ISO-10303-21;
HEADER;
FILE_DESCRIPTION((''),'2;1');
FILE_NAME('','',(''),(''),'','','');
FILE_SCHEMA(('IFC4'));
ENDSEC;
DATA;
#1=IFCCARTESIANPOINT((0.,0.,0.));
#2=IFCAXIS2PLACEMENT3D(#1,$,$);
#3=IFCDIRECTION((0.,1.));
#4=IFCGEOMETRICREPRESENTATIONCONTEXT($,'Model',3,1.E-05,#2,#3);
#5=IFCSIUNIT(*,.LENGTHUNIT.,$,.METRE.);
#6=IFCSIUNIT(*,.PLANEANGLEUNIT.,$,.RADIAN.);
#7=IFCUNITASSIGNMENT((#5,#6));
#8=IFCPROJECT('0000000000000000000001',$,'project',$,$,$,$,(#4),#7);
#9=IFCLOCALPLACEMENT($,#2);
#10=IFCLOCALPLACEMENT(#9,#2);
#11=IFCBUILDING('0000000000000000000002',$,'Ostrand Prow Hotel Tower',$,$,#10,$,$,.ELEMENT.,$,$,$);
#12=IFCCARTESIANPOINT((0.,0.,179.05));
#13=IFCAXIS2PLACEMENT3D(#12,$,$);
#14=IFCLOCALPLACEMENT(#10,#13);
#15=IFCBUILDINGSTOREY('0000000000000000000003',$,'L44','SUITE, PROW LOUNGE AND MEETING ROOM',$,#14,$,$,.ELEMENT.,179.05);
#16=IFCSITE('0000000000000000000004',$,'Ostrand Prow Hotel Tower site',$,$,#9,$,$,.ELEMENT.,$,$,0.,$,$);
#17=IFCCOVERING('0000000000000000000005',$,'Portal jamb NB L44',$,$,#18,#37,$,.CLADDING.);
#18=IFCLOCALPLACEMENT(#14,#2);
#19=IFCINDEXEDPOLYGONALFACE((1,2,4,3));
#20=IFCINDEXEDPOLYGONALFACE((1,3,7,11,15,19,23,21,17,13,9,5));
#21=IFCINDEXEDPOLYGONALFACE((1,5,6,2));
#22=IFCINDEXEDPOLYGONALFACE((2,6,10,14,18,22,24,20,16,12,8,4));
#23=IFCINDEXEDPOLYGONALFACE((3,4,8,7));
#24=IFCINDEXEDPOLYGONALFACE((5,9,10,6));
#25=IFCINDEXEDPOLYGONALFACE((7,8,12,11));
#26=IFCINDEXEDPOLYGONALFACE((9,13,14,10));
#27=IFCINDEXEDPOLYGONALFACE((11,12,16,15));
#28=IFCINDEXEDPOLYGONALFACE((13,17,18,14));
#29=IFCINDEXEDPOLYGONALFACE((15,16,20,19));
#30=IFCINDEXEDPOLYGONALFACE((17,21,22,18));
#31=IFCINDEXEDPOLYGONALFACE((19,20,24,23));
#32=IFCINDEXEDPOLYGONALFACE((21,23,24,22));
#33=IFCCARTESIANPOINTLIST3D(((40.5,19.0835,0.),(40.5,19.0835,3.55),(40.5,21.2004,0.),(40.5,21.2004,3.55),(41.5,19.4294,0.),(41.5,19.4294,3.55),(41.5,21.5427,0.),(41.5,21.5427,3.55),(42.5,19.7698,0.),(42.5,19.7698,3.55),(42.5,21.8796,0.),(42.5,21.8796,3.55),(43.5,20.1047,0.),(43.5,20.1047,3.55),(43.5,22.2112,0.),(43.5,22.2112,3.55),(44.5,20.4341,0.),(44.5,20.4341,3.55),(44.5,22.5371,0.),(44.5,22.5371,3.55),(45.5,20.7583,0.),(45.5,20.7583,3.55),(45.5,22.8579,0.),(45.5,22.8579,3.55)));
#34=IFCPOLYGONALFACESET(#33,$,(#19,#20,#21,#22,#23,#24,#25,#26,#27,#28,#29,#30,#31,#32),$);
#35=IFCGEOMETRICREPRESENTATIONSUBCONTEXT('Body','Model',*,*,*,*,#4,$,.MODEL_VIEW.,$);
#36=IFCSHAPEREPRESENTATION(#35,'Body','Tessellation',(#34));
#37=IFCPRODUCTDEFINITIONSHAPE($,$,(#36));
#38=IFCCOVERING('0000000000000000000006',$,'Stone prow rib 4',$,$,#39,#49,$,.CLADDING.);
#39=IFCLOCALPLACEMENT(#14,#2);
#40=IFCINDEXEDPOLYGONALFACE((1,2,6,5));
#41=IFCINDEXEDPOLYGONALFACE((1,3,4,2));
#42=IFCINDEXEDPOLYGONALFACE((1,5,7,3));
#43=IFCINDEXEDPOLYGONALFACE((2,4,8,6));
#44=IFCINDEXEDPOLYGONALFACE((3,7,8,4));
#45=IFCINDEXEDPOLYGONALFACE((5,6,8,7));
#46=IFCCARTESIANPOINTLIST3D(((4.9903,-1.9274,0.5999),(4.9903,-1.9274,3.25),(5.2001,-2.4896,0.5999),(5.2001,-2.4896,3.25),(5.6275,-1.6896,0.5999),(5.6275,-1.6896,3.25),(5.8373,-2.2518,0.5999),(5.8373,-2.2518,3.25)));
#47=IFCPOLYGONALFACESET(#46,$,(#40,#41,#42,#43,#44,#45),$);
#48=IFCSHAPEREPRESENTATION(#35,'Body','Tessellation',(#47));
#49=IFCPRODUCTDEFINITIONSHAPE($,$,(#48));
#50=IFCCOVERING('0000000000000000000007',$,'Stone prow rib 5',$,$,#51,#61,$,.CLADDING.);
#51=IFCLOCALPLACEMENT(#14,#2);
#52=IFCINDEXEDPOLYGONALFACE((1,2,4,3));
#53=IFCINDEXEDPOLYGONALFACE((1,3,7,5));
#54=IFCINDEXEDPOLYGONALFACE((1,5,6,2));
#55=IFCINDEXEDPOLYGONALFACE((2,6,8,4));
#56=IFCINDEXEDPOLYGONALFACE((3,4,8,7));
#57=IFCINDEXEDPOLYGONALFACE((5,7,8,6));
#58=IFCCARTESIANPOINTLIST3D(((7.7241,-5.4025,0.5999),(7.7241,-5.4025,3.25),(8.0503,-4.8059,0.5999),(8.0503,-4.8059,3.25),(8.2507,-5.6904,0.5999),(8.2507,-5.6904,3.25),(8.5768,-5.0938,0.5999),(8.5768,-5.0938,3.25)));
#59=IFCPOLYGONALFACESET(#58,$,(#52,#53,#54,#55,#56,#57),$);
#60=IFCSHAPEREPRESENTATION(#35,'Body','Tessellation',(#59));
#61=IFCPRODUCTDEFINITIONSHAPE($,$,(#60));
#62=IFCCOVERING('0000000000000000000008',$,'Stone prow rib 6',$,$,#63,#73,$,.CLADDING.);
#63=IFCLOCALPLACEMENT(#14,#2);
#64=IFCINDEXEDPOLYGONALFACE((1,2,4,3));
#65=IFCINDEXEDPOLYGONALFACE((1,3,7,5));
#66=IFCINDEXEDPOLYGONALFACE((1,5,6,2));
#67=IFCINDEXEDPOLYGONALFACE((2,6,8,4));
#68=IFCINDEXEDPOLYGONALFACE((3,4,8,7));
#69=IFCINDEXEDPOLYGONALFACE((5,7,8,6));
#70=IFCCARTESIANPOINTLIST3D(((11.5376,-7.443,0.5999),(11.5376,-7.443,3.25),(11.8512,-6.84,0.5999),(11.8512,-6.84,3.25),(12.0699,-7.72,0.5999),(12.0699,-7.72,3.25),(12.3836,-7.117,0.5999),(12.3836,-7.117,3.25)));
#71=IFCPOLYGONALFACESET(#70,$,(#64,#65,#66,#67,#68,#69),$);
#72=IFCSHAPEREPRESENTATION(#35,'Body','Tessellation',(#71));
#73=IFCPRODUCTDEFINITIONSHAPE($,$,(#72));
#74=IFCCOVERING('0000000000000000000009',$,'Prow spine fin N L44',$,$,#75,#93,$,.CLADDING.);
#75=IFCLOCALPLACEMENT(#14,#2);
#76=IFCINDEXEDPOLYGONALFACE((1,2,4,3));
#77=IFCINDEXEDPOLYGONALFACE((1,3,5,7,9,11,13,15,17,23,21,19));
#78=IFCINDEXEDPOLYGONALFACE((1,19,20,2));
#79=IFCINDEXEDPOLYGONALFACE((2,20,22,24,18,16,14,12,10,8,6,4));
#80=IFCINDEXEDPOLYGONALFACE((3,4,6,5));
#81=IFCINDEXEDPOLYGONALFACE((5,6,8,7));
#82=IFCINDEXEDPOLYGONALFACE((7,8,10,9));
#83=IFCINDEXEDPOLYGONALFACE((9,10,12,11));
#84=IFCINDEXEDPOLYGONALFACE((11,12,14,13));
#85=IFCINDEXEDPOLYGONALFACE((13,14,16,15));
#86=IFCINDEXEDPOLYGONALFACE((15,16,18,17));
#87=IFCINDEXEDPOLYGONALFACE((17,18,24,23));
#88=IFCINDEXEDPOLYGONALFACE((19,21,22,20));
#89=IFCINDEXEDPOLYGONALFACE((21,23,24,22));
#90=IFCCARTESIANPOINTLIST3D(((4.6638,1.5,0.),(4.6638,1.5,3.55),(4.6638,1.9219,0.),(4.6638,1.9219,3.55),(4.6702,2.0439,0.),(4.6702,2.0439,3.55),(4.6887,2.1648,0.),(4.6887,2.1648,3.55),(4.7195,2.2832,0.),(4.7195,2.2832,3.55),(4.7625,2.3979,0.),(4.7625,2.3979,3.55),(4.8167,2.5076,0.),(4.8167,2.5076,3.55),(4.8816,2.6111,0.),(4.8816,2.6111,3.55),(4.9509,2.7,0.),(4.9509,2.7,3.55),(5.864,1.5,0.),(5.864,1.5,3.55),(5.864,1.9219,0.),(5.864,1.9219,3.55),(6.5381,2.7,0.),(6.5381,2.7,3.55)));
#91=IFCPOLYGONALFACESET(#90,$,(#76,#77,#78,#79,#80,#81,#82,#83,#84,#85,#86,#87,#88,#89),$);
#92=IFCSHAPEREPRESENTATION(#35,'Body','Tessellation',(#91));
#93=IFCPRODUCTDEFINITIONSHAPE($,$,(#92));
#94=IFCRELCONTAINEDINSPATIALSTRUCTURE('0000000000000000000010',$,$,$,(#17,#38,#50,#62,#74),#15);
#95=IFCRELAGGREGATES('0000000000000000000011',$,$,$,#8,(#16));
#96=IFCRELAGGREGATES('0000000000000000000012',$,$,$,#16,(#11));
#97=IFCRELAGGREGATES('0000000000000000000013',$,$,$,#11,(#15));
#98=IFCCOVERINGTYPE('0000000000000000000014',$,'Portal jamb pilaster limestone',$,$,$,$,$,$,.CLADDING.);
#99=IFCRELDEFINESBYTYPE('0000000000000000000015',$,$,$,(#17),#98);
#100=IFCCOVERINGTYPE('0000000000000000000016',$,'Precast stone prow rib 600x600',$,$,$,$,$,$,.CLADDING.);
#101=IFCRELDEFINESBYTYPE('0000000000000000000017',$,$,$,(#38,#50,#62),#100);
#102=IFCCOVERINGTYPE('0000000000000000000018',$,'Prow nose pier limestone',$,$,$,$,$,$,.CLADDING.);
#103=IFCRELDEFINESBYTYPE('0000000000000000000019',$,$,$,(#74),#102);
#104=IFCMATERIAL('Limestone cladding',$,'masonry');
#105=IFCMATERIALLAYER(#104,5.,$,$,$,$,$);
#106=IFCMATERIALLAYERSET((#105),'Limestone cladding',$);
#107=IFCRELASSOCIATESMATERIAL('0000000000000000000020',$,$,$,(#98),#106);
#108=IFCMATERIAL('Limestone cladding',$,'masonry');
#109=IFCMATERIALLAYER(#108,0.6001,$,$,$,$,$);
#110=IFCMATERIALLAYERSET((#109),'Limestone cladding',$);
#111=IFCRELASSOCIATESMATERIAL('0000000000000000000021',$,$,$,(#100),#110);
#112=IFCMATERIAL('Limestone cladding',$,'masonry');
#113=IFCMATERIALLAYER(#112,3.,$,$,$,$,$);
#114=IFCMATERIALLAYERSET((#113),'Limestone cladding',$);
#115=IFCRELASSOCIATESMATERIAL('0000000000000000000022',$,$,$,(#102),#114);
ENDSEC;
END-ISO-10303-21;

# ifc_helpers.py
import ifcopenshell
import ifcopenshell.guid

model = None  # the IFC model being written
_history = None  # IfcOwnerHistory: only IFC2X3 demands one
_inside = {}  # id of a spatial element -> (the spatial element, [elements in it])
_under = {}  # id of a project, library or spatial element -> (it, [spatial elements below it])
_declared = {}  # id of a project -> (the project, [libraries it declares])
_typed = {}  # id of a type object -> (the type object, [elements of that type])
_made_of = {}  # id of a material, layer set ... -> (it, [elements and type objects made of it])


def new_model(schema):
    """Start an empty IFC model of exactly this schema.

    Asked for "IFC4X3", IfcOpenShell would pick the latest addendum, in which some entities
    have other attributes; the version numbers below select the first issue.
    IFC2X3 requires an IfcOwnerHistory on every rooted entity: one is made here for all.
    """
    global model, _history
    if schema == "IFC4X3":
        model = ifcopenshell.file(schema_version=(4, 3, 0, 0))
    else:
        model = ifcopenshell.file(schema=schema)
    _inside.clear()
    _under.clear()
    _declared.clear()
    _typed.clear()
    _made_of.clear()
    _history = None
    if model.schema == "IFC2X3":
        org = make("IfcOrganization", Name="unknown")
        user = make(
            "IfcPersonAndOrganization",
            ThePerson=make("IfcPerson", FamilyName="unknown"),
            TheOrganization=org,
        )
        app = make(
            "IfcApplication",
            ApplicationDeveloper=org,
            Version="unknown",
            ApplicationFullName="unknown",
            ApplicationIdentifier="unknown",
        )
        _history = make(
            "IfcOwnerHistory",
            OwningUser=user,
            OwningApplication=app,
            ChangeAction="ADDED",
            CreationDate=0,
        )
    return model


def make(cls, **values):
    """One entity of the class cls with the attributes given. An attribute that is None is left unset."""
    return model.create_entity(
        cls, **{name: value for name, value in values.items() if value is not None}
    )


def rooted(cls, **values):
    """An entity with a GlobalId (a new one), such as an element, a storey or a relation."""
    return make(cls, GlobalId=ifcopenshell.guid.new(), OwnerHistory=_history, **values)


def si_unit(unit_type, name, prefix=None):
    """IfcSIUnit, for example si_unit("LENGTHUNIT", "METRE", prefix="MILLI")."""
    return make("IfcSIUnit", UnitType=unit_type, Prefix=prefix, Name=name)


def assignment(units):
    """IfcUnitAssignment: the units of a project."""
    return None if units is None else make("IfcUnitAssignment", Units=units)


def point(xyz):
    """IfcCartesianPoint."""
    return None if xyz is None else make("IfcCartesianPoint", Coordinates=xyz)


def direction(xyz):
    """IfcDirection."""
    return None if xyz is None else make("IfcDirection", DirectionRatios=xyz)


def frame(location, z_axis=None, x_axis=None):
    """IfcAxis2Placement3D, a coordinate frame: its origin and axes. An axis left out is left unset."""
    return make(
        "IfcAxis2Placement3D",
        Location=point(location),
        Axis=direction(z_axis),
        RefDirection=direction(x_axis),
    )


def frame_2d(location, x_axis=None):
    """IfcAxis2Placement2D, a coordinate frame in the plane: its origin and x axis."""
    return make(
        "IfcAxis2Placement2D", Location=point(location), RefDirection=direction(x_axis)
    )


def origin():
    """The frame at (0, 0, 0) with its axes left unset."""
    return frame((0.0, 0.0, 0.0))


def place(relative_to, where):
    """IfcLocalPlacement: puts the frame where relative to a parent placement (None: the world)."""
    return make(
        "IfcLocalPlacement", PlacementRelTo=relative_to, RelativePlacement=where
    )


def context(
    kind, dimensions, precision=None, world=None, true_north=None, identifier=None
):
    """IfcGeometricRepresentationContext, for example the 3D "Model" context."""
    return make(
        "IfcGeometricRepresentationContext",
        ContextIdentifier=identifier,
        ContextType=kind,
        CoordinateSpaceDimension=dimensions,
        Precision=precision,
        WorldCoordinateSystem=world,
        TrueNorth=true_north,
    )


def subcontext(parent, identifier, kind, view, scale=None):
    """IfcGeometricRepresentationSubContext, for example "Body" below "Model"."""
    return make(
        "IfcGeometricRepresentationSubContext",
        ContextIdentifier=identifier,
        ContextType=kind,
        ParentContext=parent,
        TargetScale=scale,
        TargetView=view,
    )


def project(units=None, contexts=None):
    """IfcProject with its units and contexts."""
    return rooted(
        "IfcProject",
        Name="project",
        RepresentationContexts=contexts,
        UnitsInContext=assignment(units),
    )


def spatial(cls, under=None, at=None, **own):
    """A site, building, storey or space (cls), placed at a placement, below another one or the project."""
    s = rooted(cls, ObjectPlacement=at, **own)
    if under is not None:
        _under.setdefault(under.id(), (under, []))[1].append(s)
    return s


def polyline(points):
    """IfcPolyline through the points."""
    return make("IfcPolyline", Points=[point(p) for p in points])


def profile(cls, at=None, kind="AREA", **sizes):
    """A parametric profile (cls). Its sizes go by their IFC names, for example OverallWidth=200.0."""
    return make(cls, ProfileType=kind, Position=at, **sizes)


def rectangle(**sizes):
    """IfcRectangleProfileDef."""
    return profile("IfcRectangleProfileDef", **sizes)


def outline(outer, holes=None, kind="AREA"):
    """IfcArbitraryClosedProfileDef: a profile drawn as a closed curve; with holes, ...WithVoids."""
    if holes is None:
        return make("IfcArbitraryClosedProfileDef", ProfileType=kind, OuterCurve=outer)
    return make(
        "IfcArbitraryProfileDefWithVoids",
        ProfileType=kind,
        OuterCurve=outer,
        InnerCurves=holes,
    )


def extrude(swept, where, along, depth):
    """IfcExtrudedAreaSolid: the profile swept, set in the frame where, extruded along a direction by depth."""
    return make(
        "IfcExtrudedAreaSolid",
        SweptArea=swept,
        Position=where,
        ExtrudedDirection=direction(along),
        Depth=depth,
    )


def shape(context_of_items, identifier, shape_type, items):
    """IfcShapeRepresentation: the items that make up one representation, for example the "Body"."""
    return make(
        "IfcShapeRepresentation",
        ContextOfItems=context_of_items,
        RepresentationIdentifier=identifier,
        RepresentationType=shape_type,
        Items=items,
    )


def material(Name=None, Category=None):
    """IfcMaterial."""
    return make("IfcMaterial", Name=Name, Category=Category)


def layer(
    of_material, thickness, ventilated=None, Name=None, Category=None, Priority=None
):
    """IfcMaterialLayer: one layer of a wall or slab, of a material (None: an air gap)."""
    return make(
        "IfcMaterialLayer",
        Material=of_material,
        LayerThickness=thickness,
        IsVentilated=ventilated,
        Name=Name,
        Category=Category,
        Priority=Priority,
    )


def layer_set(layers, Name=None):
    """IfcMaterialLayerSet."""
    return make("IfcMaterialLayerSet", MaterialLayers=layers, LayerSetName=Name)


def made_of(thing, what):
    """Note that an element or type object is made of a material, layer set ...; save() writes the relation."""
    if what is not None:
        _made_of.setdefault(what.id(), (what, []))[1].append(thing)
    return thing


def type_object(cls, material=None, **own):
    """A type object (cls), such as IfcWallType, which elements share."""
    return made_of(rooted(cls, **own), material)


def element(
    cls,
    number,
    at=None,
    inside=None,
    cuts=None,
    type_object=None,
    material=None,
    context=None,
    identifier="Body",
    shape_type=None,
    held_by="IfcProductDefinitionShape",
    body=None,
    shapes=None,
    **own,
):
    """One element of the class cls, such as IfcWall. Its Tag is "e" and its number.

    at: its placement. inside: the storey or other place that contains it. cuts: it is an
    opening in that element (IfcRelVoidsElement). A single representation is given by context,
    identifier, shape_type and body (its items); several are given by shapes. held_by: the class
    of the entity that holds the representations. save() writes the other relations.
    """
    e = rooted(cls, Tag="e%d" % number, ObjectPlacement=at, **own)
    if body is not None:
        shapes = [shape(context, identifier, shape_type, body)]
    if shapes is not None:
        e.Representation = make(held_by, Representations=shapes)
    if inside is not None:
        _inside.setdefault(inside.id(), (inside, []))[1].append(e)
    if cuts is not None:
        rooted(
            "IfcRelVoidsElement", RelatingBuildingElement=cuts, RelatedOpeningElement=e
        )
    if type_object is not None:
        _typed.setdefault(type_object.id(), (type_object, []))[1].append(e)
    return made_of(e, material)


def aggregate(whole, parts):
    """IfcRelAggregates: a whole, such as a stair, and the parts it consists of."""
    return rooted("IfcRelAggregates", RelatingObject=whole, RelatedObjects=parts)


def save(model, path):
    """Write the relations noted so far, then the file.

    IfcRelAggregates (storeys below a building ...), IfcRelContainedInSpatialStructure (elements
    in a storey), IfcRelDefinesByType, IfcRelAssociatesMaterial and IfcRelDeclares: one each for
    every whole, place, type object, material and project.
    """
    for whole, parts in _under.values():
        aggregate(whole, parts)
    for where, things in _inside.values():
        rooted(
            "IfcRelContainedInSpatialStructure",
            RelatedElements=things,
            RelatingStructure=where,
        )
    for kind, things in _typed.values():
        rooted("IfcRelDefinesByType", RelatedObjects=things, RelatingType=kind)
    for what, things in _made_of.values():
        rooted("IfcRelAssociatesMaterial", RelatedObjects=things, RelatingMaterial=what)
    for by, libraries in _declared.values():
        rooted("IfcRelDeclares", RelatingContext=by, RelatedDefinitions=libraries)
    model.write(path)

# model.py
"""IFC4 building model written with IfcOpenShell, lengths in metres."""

from ifc_helpers import new_model, si_unit, direction, frame, frame_2d, origin, place, context, subcontext, project, spatial, polyline, rectangle, outline, extrude, material, layer, layer_set, type_object, element, save


model = new_model("IFC4")

# Units and contexts
model_context = context("Model", 3, precision=1e-05, world=origin(), true_north=direction((0.0, 1.0)))
body_context = subcontext(model_context, "Body", "Model", "MODEL_VIEW")
ifc_project = project(units=[si_unit("LENGTHUNIT", "METRE"), si_unit("PLANEANGLEUNIT", "RADIAN")], contexts=[model_context])

# Site, building, storey
site_placement = place(None, origin())
site = spatial("IfcSite", under=ifc_project, at=site_placement, Name="Ostrand Prow Hotel Tower site", CompositionType="ELEMENT", RefElevation=0.0)
building_placement = place(site_placement, origin())
building = spatial("IfcBuilding", under=site, at=building_placement, Name="Ostrand Prow Hotel Tower", CompositionType="ELEMENT")
storey_placement = place(building_placement, frame((0.0, 0.0, 179.05)))
storey = spatial("IfcBuildingStorey", under=building, at=storey_placement, Name="L44", Description="SUITE, PROW LOUNGE AND MEETING ROOM", CompositionType="ELEMENT", Elevation=179.05)

# Coverings
ifc_material_1 = material(Name="Limestone cladding", Category="masonry")
ifc_layer_1 = layer(ifc_material_1, 5.0)
ifc_layer_set_1 = layer_set([ifc_layer_1], Name="Limestone cladding")
covering_type_1 = type_object("IfcCoveringType", Name="Portal jamb pilaster limestone", PredefinedType="CLADDING", material=ifc_layer_set_1)
covering_1_placement = place(storey_placement, origin())
element("IfcCovering", 1, at=covering_1_placement, inside=storey, type_object=covering_type_1, Name="Portal jamb NB L44", PredefinedType="CLADDING", context=body_context, shape_type="SweptSolid", body=[
    extrude(outline(polyline([(40.5, 19.0835), (41.5, 19.4294), (42.5, 19.7698), (43.5, 20.1047), (44.5, 20.4341), (45.5, 20.7583), (45.5, 22.8579), (44.5, 22.5371), (43.5, 22.2112), (42.5, 21.8796), (41.5, 21.5427), (40.5, 21.2004), (40.5, 19.0835)])), origin(), (0.0, 0.0, 1.0), 3.55),
])
ifc_material_2 = material(Name="Limestone cladding", Category="masonry")
ifc_layer_2 = layer(ifc_material_2, 0.6001)
ifc_layer_set_2 = layer_set([ifc_layer_2], Name="Limestone cladding")
covering_type_2 = type_object("IfcCoveringType", Name="Precast stone prow rib 600x600", PredefinedType="CLADDING", material=ifc_layer_set_2)
covering_2_placement = place(storey_placement, frame((5.7324, -1.9707, 0.5999), z_axis=(0.0, 0.0, 1.0), x_axis=(-0.936889, -0.349628, 0.0)))
element("IfcCovering", 2, at=covering_2_placement, inside=storey, type_object=covering_type_2, Name="Stone prow rib 4", PredefinedType="CLADDING", context=body_context, shape_type="SweptSolid", body=[
    extrude(rectangle(XDim=0.6802, YDim=0.6001, at=frame_2d((0.3401, 0.0))), origin(), (0.0, 0.0, 1.0), 2.6501),
])
covering_3_placement = place(storey_placement, frame((8.3135, -4.95, 0.5999), z_axis=(0.0, 0.0, 1.0), x_axis=(-0.479657, -0.877456, 0.0)))
element("IfcCovering", 3, at=covering_3_placement, inside=storey, type_object=covering_type_2, Name="Stone prow rib 5", PredefinedType="CLADDING", context=body_context, shape_type="SweptSolid", body=[
    extrude(rectangle(XDim=0.6799, YDim=0.6001, at=frame_2d((0.3398, 0.0))), origin(), (0.0, 0.0, 1.0), 2.6501),
])
covering_4_placement = place(storey_placement, frame((12.1174, -6.9785, 0.5999), z_axis=(0.0, 0.0, 1.0), x_axis=(-0.461522, -0.887129, 0.0)))
element("IfcCovering", 4, at=covering_4_placement, inside=storey, type_object=covering_type_2, Name="Stone prow rib 6", PredefinedType="CLADDING", context=body_context, shape_type="SweptSolid", body=[
    extrude(rectangle(XDim=0.6797, YDim=0.6001, at=frame_2d((0.3398, 0.0))), origin(), (0.0, 0.0, 1.0), 2.6501),
])
ifc_material_3 = material(Name="Limestone cladding", Category="masonry")
ifc_layer_3 = layer(ifc_material_3, 3.0)
ifc_layer_set_3 = layer_set([ifc_layer_3], Name="Limestone cladding")
covering_type_3 = type_object("IfcCoveringType", Name="Prow nose pier limestone", PredefinedType="CLADDING", material=ifc_layer_set_3)
covering_5_placement = place(storey_placement, origin())
element("IfcCovering", 5, at=covering_5_placement, inside=storey, type_object=covering_type_3, Name="Prow spine fin N L44", PredefinedType="CLADDING", context=body_context, shape_type="SweptSolid", body=[
    extrude(outline(polyline([(4.6638, 1.9219), (4.6638, 1.5), (5.864, 1.5), (5.864, 1.9219), (6.5381, 2.7), (4.9509, 2.7), (4.8816, 2.6111), (4.8167, 2.5076), (4.7625, 2.3979), (4.7195, 2.2832), (4.6887, 2.1648), (4.6702, 2.0439), (4.6638, 1.9219)])), origin(), (0.0, 0.0, 1.0), 3.55),
])

save(model, "model.ifc")
